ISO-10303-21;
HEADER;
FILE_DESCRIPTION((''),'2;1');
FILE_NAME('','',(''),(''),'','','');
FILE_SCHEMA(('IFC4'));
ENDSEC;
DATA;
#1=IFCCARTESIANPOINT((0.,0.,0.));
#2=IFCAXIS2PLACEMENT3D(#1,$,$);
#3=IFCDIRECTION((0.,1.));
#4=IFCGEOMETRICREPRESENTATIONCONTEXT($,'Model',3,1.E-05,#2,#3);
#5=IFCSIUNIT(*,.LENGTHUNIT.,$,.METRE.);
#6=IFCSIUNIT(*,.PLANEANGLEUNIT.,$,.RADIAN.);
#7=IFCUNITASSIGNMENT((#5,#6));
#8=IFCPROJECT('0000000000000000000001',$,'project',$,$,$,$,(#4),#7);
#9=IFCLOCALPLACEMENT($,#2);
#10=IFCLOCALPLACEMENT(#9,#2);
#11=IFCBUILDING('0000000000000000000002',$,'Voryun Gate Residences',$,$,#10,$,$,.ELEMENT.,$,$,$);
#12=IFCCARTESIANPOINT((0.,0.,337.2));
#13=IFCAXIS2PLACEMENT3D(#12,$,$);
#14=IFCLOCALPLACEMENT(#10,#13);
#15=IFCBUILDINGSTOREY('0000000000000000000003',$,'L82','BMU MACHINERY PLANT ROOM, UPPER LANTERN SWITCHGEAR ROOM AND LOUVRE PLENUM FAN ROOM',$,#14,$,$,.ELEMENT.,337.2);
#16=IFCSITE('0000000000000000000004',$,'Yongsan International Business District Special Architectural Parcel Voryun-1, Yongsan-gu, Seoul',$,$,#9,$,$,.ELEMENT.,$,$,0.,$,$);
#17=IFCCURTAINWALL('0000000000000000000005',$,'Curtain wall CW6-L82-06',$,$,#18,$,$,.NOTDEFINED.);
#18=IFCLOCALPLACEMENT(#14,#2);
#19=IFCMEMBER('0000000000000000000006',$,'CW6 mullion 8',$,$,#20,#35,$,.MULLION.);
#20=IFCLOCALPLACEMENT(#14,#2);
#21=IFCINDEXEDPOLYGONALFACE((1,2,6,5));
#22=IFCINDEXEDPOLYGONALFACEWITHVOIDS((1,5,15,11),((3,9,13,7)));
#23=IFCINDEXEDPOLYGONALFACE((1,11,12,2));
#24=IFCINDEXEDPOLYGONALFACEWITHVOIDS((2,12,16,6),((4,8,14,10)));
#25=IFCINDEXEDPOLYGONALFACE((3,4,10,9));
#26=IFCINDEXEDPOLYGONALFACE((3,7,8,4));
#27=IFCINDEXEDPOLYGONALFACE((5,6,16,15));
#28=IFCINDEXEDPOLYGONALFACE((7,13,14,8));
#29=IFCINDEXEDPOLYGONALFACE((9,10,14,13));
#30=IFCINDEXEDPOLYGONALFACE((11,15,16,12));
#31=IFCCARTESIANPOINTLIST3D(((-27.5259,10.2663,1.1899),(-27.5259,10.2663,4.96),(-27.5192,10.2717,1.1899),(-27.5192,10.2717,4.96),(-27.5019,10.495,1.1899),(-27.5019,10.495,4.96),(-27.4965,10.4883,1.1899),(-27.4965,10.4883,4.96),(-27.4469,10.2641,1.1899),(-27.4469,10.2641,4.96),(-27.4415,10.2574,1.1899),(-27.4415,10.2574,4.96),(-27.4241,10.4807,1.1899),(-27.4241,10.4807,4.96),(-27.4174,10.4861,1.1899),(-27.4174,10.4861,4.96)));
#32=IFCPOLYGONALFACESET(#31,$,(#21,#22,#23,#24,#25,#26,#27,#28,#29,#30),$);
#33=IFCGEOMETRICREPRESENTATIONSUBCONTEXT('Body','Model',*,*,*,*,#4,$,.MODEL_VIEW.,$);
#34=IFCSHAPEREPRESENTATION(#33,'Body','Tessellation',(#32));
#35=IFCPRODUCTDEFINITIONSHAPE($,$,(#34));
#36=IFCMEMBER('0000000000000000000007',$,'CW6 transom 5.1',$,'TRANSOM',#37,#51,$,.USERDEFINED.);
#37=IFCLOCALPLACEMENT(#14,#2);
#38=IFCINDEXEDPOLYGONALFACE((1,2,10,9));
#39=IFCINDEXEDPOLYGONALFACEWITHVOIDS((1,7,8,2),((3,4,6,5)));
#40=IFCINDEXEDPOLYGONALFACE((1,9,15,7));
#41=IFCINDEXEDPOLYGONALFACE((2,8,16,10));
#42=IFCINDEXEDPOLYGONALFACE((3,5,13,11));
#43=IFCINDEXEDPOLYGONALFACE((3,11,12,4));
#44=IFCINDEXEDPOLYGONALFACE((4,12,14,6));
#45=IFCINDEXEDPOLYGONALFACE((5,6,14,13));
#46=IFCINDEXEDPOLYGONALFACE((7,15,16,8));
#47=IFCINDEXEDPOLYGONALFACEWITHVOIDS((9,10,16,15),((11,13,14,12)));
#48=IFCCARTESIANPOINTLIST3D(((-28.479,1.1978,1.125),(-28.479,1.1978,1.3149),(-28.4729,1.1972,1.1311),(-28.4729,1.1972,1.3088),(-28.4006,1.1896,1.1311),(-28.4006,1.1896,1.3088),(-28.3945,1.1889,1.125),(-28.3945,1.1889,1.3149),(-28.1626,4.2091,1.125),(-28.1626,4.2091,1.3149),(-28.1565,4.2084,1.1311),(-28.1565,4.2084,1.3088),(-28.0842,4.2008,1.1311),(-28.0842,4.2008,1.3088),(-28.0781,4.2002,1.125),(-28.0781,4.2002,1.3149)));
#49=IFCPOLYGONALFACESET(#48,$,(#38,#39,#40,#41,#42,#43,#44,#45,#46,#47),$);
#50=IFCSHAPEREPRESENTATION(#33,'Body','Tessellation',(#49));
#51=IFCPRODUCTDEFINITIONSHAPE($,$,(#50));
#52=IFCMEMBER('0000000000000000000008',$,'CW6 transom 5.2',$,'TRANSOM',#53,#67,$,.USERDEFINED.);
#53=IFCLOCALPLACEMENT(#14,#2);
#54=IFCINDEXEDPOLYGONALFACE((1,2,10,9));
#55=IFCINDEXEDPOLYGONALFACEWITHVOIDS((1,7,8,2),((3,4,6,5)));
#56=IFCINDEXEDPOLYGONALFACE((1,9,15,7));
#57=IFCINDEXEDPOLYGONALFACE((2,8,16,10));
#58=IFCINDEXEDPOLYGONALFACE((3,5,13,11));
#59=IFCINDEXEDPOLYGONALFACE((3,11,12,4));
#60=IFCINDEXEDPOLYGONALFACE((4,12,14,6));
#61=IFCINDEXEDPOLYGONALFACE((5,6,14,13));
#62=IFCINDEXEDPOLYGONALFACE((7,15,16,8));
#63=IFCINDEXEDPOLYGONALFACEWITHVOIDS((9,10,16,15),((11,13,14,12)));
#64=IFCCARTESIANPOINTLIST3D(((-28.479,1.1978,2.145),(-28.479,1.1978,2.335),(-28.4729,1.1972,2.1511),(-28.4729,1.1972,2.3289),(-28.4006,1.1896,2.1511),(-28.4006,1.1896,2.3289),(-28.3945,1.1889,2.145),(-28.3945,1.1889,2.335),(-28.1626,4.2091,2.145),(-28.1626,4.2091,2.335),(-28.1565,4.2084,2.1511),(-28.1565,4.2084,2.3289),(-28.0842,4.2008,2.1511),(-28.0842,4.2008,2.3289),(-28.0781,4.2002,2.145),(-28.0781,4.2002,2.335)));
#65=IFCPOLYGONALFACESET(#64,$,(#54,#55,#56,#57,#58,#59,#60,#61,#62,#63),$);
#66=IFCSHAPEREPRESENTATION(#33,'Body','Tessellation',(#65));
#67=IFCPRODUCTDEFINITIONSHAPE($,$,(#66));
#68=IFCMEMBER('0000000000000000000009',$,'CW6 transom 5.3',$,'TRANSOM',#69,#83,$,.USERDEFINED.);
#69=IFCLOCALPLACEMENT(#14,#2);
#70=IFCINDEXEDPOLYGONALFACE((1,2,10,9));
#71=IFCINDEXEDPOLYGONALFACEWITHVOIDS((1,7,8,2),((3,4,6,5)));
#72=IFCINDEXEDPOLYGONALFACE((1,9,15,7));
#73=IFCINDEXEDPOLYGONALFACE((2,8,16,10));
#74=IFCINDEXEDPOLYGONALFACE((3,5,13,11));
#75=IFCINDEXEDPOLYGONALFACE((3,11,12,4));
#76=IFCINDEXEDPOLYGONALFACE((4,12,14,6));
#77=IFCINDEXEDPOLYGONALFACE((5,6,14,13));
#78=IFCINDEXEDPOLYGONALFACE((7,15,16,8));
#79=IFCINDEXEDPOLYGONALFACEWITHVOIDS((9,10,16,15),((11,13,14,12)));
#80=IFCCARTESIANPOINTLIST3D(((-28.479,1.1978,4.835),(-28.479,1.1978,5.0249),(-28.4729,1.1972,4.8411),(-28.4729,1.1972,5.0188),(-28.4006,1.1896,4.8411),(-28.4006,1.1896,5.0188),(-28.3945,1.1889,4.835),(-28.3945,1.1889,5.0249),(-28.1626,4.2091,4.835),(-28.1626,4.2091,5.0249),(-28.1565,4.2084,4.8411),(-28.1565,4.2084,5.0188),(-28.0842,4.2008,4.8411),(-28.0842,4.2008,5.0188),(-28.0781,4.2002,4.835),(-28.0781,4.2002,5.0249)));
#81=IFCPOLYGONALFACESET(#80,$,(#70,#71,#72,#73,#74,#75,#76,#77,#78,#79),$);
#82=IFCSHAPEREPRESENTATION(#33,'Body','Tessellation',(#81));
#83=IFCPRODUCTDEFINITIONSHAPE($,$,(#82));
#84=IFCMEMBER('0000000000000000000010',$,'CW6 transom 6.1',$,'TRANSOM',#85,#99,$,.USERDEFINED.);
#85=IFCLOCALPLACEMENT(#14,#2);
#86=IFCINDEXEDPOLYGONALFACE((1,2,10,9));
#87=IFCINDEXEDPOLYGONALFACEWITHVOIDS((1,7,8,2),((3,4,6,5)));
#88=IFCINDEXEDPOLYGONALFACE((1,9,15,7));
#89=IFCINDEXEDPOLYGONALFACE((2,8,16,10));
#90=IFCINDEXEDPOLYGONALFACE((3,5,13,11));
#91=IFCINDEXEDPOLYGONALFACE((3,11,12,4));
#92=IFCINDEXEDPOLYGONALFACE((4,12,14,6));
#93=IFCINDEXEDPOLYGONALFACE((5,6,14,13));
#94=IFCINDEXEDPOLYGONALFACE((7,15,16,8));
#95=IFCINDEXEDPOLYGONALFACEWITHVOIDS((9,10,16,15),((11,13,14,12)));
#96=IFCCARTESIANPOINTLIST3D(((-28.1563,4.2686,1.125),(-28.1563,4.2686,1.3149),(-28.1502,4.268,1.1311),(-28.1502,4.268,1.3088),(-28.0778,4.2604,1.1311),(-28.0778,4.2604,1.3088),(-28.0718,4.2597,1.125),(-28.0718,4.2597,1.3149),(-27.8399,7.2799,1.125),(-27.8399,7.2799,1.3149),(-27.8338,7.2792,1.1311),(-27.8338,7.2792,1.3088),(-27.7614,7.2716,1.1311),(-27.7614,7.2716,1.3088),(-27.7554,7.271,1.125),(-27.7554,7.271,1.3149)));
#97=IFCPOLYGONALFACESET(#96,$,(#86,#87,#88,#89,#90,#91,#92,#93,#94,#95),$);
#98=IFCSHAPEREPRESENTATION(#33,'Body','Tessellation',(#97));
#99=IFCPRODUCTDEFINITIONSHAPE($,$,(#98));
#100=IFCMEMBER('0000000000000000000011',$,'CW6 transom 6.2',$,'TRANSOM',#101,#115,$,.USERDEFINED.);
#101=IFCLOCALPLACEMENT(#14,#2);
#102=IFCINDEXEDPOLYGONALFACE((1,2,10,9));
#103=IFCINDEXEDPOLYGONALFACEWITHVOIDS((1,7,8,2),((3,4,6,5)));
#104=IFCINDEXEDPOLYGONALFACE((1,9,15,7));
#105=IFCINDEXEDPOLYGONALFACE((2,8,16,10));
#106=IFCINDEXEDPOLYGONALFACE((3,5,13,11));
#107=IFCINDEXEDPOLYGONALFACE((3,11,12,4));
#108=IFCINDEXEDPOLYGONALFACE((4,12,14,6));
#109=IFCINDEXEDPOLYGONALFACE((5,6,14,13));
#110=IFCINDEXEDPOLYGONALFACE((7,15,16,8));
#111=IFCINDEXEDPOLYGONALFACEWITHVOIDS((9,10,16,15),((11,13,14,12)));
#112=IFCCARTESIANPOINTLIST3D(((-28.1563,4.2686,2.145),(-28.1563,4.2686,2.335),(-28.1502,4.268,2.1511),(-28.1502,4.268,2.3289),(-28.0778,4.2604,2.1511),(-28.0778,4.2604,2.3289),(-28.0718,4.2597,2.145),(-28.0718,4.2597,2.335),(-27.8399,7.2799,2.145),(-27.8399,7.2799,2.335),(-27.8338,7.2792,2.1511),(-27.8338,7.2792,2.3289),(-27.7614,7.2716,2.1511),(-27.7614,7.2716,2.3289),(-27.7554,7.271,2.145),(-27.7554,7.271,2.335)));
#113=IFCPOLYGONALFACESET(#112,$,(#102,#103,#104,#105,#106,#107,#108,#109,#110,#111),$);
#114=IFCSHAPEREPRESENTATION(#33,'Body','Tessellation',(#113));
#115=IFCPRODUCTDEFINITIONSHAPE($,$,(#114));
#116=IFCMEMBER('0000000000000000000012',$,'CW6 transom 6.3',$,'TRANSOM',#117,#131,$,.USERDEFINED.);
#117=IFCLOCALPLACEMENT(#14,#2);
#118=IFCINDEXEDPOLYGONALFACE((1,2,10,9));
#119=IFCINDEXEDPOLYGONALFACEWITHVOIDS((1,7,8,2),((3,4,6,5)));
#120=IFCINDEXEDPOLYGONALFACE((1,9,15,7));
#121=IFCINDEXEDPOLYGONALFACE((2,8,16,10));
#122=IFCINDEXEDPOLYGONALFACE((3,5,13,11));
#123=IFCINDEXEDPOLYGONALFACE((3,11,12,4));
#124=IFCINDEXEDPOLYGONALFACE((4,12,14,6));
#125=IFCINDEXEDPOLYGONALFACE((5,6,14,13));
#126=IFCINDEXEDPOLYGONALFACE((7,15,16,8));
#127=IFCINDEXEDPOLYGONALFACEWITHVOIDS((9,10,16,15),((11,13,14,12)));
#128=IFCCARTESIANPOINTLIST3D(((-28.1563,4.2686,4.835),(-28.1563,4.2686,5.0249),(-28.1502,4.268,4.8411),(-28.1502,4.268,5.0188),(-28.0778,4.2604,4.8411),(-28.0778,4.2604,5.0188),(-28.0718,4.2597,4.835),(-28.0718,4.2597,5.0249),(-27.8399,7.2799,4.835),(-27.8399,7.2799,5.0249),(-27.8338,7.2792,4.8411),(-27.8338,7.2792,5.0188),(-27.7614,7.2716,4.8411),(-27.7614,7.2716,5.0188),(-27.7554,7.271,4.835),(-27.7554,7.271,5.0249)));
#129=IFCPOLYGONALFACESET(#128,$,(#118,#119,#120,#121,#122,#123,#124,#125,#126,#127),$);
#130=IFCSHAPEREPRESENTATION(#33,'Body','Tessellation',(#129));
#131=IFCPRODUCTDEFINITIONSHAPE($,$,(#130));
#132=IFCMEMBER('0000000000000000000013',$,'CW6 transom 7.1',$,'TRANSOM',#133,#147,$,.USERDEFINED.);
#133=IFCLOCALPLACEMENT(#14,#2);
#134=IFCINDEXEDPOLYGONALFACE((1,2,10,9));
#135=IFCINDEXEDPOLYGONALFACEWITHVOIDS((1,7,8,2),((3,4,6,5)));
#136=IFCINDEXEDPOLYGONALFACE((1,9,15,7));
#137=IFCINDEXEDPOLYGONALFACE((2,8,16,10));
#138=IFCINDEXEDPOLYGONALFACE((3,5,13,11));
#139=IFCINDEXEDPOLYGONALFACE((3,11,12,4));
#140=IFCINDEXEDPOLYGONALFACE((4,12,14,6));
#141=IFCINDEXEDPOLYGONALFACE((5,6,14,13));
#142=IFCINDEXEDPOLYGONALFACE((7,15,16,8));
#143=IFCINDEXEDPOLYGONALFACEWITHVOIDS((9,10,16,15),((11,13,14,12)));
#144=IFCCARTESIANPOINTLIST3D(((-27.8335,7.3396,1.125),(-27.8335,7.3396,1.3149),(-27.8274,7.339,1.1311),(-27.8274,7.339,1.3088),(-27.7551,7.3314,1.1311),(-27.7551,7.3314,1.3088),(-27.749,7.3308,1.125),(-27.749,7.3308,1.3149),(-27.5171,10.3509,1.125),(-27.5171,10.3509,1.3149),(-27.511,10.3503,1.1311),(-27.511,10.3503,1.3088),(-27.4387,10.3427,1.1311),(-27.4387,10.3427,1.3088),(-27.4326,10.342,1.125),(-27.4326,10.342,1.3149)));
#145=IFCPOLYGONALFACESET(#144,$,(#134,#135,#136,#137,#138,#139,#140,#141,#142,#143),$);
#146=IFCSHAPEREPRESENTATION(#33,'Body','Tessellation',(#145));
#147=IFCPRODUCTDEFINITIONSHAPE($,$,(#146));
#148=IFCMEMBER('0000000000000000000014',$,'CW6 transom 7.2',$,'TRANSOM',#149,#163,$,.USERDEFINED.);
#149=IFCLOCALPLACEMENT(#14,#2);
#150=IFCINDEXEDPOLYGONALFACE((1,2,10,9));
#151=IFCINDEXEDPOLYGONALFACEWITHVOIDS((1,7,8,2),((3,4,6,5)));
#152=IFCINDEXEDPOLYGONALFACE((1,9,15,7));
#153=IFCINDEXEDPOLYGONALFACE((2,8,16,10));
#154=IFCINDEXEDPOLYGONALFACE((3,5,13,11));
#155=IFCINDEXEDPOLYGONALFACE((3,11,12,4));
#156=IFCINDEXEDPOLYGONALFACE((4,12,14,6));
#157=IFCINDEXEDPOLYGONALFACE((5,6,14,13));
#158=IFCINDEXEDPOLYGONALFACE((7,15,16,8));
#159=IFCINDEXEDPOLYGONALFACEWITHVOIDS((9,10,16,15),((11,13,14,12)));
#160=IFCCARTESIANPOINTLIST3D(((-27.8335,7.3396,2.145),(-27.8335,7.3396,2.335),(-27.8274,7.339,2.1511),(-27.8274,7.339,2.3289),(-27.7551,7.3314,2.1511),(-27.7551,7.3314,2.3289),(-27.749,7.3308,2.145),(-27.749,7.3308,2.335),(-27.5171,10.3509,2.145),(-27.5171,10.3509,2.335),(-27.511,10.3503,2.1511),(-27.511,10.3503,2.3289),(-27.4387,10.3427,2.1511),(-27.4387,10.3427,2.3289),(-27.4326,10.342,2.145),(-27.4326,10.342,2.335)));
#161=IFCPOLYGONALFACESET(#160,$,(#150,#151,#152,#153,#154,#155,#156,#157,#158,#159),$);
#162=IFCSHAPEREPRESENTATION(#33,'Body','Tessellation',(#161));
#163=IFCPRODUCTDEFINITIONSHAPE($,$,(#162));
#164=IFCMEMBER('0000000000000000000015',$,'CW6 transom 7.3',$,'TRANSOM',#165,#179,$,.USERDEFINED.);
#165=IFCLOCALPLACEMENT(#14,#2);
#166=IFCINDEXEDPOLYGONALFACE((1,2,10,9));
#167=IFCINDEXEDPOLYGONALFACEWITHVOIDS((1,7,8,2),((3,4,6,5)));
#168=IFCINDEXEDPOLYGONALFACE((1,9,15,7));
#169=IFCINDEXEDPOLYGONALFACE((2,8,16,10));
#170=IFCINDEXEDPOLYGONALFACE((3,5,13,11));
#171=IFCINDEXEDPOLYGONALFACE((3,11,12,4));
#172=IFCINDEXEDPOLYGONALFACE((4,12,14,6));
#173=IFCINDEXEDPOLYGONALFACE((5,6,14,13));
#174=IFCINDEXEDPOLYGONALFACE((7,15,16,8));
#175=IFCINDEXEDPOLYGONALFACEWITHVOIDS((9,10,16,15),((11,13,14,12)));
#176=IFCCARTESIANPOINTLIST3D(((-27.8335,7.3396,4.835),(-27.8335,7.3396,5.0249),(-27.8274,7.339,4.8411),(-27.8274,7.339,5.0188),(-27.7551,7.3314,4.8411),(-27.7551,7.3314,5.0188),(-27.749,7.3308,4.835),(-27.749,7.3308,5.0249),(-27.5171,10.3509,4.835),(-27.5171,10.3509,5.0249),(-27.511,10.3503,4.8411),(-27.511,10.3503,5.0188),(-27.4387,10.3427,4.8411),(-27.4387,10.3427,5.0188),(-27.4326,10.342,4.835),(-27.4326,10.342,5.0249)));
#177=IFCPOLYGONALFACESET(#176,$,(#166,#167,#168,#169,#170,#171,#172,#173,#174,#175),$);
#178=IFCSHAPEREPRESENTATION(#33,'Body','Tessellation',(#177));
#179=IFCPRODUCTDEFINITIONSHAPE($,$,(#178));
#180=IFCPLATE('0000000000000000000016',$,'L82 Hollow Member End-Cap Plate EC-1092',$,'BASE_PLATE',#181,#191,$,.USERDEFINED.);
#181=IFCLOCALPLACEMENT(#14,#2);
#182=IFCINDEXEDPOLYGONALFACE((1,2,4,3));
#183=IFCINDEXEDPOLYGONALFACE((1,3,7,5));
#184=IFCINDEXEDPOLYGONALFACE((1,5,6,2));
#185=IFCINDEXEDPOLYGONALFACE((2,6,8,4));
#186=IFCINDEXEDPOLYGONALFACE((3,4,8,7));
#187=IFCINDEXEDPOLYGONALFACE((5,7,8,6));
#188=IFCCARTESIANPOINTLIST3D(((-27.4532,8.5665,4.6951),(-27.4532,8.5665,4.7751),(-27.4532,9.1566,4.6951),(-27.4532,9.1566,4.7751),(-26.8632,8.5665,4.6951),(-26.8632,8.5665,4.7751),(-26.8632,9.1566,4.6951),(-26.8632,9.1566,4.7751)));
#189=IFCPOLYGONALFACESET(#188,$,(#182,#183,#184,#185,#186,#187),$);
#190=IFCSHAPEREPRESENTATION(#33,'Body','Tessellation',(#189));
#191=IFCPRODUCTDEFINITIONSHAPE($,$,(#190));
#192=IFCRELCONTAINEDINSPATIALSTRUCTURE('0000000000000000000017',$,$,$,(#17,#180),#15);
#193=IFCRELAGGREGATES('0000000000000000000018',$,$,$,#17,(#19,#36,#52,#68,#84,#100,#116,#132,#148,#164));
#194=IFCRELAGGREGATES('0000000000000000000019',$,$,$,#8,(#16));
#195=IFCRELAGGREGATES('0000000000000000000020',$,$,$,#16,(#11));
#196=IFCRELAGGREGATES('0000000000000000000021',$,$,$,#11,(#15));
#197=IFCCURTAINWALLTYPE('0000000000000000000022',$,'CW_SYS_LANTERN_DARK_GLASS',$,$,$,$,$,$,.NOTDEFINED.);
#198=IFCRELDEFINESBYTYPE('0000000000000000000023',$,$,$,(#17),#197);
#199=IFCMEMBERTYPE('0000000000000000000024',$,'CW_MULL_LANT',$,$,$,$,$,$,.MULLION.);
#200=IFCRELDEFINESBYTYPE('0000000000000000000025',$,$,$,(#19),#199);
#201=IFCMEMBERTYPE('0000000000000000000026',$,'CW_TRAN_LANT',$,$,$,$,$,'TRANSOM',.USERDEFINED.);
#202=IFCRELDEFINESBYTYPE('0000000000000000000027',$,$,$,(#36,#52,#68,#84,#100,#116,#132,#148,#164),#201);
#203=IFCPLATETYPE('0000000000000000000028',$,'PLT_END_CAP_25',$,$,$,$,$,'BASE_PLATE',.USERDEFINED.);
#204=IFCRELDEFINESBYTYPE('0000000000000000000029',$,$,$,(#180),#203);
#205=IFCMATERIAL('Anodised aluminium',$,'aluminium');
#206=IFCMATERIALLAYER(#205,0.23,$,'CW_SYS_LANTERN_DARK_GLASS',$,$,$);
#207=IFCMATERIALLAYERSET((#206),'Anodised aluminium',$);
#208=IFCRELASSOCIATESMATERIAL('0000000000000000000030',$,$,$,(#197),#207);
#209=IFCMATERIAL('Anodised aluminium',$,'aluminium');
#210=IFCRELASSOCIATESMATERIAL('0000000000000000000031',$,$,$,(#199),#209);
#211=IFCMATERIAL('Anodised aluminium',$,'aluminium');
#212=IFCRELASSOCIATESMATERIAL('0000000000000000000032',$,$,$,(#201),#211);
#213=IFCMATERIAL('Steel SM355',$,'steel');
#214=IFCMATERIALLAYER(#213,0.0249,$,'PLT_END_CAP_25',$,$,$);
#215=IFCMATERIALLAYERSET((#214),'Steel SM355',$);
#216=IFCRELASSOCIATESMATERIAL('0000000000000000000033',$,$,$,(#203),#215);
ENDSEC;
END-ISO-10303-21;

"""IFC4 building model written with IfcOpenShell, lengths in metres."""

from ifc_helpers import new_model, si_unit, direction, frame, origin, origin_2d, place, context, subcontext, project, spatial, rectangle, hollow_rectangle, extrude, material, layer, layer_set, material_profile, profile_set, type_object, element, aggregate, save


model = new_model("IFC4")

# Units and contexts
model_context = context("Model", 3, precision=1e-05, world=origin(), true_north=direction((0.0, 1.0)))
body_context = subcontext(model_context, "Body", "Model", "MODEL_VIEW")
ifc_project = project(units=[si_unit("LENGTHUNIT", "METRE"), si_unit("PLANEANGLEUNIT", "RADIAN")], contexts=[model_context])

# Site, building, storey
site_placement = place(None, origin())
site = spatial("IfcSite", under=ifc_project, at=site_placement, Name="Yongsan International Business District Special Architectural Parcel Voryun-1, Yongsan-gu, Seoul", CompositionType="ELEMENT", RefElevation=0.0)
building_placement = place(site_placement, origin())
building = spatial("IfcBuilding", under=site, at=building_placement, Name="Voryun Gate Residences", CompositionType="ELEMENT")
storey_placement = place(building_placement, frame((0.0, 0.0, 337.2)))
storey = spatial("IfcBuildingStorey", under=building, at=storey_placement, Name="L82", Description="BMU MACHINERY PLANT ROOM, UPPER LANTERN SWITCHGEAR ROOM AND LOUVRE PLENUM FAN ROOM", CompositionType="ELEMENT", Elevation=337.2)

# Curtain wall, members
ifc_material_1 = material(Name="Anodised aluminium", Category="aluminium")
ifc_layer_1 = layer(ifc_material_1, 0.23, Name="CW_SYS_LANTERN_DARK_GLASS")
ifc_layer_set_1 = layer_set([ifc_layer_1], Name="Anodised aluminium")
curtain_wall_type = type_object("IfcCurtainWallType", Name="CW_SYS_LANTERN_DARK_GLASS", PredefinedType="NOTDEFINED", material=ifc_layer_set_1)
curtain_wall_placement = place(storey_placement, origin())
curtain_wall = element("IfcCurtainWall", 1, at=curtain_wall_placement, inside=storey, type_object=curtain_wall_type, Name="Curtain wall CW6-L82-06", PredefinedType="NOTDEFINED")
ifc_material_2 = material(Name="Anodised aluminium", Category="aluminium")
ifc_material_profile_1 = material_profile(ifc_material_2, hollow_rectangle(XDim=0.085, YDim=0.23, WallThickness=0.0061, at=origin_2d()), Name="ALU-MULL-230x85x6")
ifc_profile_set_1 = profile_set([ifc_material_profile_1], Name="Anodised aluminium")
member_type_1 = type_object("IfcMemberType", Name="CW_MULL_LANT", PredefinedType="MULLION", material=ifc_profile_set_1)
member_1_placement = place(storey_placement, frame((-27.4717, 10.3762, 1.1899), z_axis=(0.0, 0.0, 1.0), x_axis=(-0.994522, 0.104528, 0.0)))
member_1 = element("IfcMember", 2, at=member_1_placement, type_object=member_type_1, Name="CW6 mullion 8", PredefinedType="MULLION", context=body_context, shape_type="SweptSolid", body=[
    extrude(hollow_rectangle(XDim=0.085, YDim=0.23, WallThickness=0.0061, at=origin_2d()), origin(), (0.0, 0.0, 1.0), 3.77),
])
ifc_material_3 = material(Name="Anodised aluminium", Category="aluminium")
ifc_material_profile_2 = material_profile(ifc_material_3, hollow_rectangle(XDim=0.085, YDim=0.1899, WallThickness=0.0061, at=origin_2d()), Name="ALU-TRAN-190x85x6")
ifc_profile_set_2 = profile_set([ifc_material_profile_2], Name="Anodised aluminium")
member_type_2 = type_object("IfcMemberType", Name="CW_TRAN_LANT", ElementType="TRANSOM", PredefinedType="USERDEFINED", material=ifc_profile_set_2)
member_2_placement = place(storey_placement, frame((-28.4368, 1.1934, 1.22), z_axis=(0.1045, 0.994525, 0.0), x_axis=(-0.994525, 0.1045, 0.0)))
member_2 = element("IfcMember", 3, at=member_2_placement, type_object=member_type_2, Name="CW6 transom 5.1", ObjectType="TRANSOM", PredefinedType="USERDEFINED", context=body_context, shape_type="SweptSolid", body=[
    extrude(hollow_rectangle(XDim=0.085, YDim=0.1899, WallThickness=0.0061, at=origin_2d()), origin(), (0.0, 0.0, 1.0), 3.0278),
])
member_3_placement = place(storey_placement, frame((-28.4368, 1.1934, 2.24), z_axis=(0.1045, 0.994525, 0.0), x_axis=(-0.994525, 0.1045, 0.0)))
member_3 = element("IfcMember", 4, at=member_3_placement, type_object=member_type_2, Name="CW6 transom 5.2", ObjectType="TRANSOM", PredefinedType="USERDEFINED", context=body_context, shape_type="SweptSolid", body=[
    extrude(hollow_rectangle(XDim=0.085, YDim=0.1899, WallThickness=0.0061, at=origin_2d()), origin(), (0.0, 0.0, 1.0), 3.0278),
])
member_4_placement = place(storey_placement, frame((-28.4368, 1.1934, 4.9299), z_axis=(0.1045, 0.994525, 0.0), x_axis=(-0.994525, 0.1045, 0.0)))
member_4 = element("IfcMember", 5, at=member_4_placement, type_object=member_type_2, Name="CW6 transom 5.3", ObjectType="TRANSOM", PredefinedType="USERDEFINED", context=body_context, shape_type="SweptSolid", body=[
    extrude(hollow_rectangle(XDim=0.085, YDim=0.1899, WallThickness=0.0061, at=origin_2d()), origin(), (0.0, 0.0, 1.0), 3.0278),
])
member_5_placement = place(storey_placement, frame((-28.114, 4.2642, 1.22), z_axis=(0.1045, 0.994525, 0.0), x_axis=(-0.994525, 0.1045, 0.0)))
member_5 = element("IfcMember", 6, at=member_5_placement, type_object=member_type_2, Name="CW6 transom 6.1", ObjectType="TRANSOM", PredefinedType="USERDEFINED", context=body_context, shape_type="SweptSolid", body=[
    extrude(hollow_rectangle(XDim=0.085, YDim=0.1899, WallThickness=0.0061, at=origin_2d()), origin(), (0.0, 0.0, 1.0), 3.0278),
])
member_6_placement = place(storey_placement, frame((-28.114, 4.2642, 2.24), z_axis=(0.1045, 0.994525, 0.0), x_axis=(-0.994525, 0.1045, 0.0)))
member_6 = element("IfcMember", 7, at=member_6_placement, type_object=member_type_2, Name="CW6 transom 6.2", ObjectType="TRANSOM", PredefinedType="USERDEFINED", context=body_context, shape_type="SweptSolid", body=[
    extrude(hollow_rectangle(XDim=0.085, YDim=0.1899, WallThickness=0.0061, at=origin_2d()), origin(), (0.0, 0.0, 1.0), 3.0278),
])
member_7_placement = place(storey_placement, frame((-28.114, 4.2642, 4.9299), z_axis=(0.1045, 0.994525, 0.0), x_axis=(-0.994525, 0.1045, 0.0)))
member_7 = element("IfcMember", 8, at=member_7_placement, type_object=member_type_2, Name="CW6 transom 6.3", ObjectType="TRANSOM", PredefinedType="USERDEFINED", context=body_context, shape_type="SweptSolid", body=[
    extrude(hollow_rectangle(XDim=0.085, YDim=0.1899, WallThickness=0.0061, at=origin_2d()), origin(), (0.0, 0.0, 1.0), 3.0278),
])
member_8_placement = place(storey_placement, frame((-27.7913, 7.3352, 1.22), z_axis=(0.1045, 0.994525, 0.0), x_axis=(-0.994525, 0.1045, 0.0)))
member_8 = element("IfcMember", 9, at=member_8_placement, type_object=member_type_2, Name="CW6 transom 7.1", ObjectType="TRANSOM", PredefinedType="USERDEFINED", context=body_context, shape_type="SweptSolid", body=[
    extrude(hollow_rectangle(XDim=0.085, YDim=0.1899, WallThickness=0.0061, at=origin_2d()), origin(), (0.0, 0.0, 1.0), 3.0278),
])
member_9_placement = place(storey_placement, frame((-27.7913, 7.3352, 2.24), z_axis=(0.1045, 0.994525, 0.0), x_axis=(-0.994525, 0.1045, 0.0)))
member_9 = element("IfcMember", 10, at=member_9_placement, type_object=member_type_2, Name="CW6 transom 7.2", ObjectType="TRANSOM", PredefinedType="USERDEFINED", context=body_context, shape_type="SweptSolid", body=[
    extrude(hollow_rectangle(XDim=0.085, YDim=0.1899, WallThickness=0.0061, at=origin_2d()), origin(), (0.0, 0.0, 1.0), 3.0278),
])
member_10_placement = place(storey_placement, frame((-27.7913, 7.3352, 4.9299), z_axis=(0.1045, 0.994525, 0.0), x_axis=(-0.994525, 0.1045, 0.0)))
member_10 = element("IfcMember", 11, at=member_10_placement, type_object=member_type_2, Name="CW6 transom 7.3", ObjectType="TRANSOM", PredefinedType="USERDEFINED", context=body_context, shape_type="SweptSolid", body=[
    extrude(hollow_rectangle(XDim=0.085, YDim=0.1899, WallThickness=0.0061, at=origin_2d()), origin(), (0.0, 0.0, 1.0), 3.0278),
])

# Plate
ifc_material_4 = material(Name="Steel SM355", Category="steel")
ifc_layer_2 = layer(ifc_material_4, 0.0249, Name="PLT_END_CAP_25")
ifc_layer_set_2 = layer_set([ifc_layer_2], Name="Steel SM355")
plate_type_1 = type_object("IfcPlateType", Name="PLT_END_CAP_25", ElementType="BASE_PLATE", PredefinedType="USERDEFINED", material=ifc_layer_set_2)
plate_1_placement = place(storey_placement, frame((-27.1582, 8.8616, 4.6951), z_axis=(0.0, 0.0, 1.0), x_axis=(1.0, 0.0, 0.0)))
element("IfcPlate", 12, at=plate_1_placement, inside=storey, type_object=plate_type_1, Name="L82 Hollow Member End-Cap Plate EC-1092", ObjectType="BASE_PLATE", PredefinedType="USERDEFINED", context=body_context, shape_type="SweptSolid", body=[
    extrude(rectangle(XDim=0.5901, YDim=0.5901, at=origin_2d()), origin(), (0.0, 0.0, 1.0), 0.0801),
])
aggregate(curtain_wall, [member_1, member_2, member_3, member_4, member_5, member_6, member_7, member_8, member_9, member_10])

save(model, "model.ifc")
